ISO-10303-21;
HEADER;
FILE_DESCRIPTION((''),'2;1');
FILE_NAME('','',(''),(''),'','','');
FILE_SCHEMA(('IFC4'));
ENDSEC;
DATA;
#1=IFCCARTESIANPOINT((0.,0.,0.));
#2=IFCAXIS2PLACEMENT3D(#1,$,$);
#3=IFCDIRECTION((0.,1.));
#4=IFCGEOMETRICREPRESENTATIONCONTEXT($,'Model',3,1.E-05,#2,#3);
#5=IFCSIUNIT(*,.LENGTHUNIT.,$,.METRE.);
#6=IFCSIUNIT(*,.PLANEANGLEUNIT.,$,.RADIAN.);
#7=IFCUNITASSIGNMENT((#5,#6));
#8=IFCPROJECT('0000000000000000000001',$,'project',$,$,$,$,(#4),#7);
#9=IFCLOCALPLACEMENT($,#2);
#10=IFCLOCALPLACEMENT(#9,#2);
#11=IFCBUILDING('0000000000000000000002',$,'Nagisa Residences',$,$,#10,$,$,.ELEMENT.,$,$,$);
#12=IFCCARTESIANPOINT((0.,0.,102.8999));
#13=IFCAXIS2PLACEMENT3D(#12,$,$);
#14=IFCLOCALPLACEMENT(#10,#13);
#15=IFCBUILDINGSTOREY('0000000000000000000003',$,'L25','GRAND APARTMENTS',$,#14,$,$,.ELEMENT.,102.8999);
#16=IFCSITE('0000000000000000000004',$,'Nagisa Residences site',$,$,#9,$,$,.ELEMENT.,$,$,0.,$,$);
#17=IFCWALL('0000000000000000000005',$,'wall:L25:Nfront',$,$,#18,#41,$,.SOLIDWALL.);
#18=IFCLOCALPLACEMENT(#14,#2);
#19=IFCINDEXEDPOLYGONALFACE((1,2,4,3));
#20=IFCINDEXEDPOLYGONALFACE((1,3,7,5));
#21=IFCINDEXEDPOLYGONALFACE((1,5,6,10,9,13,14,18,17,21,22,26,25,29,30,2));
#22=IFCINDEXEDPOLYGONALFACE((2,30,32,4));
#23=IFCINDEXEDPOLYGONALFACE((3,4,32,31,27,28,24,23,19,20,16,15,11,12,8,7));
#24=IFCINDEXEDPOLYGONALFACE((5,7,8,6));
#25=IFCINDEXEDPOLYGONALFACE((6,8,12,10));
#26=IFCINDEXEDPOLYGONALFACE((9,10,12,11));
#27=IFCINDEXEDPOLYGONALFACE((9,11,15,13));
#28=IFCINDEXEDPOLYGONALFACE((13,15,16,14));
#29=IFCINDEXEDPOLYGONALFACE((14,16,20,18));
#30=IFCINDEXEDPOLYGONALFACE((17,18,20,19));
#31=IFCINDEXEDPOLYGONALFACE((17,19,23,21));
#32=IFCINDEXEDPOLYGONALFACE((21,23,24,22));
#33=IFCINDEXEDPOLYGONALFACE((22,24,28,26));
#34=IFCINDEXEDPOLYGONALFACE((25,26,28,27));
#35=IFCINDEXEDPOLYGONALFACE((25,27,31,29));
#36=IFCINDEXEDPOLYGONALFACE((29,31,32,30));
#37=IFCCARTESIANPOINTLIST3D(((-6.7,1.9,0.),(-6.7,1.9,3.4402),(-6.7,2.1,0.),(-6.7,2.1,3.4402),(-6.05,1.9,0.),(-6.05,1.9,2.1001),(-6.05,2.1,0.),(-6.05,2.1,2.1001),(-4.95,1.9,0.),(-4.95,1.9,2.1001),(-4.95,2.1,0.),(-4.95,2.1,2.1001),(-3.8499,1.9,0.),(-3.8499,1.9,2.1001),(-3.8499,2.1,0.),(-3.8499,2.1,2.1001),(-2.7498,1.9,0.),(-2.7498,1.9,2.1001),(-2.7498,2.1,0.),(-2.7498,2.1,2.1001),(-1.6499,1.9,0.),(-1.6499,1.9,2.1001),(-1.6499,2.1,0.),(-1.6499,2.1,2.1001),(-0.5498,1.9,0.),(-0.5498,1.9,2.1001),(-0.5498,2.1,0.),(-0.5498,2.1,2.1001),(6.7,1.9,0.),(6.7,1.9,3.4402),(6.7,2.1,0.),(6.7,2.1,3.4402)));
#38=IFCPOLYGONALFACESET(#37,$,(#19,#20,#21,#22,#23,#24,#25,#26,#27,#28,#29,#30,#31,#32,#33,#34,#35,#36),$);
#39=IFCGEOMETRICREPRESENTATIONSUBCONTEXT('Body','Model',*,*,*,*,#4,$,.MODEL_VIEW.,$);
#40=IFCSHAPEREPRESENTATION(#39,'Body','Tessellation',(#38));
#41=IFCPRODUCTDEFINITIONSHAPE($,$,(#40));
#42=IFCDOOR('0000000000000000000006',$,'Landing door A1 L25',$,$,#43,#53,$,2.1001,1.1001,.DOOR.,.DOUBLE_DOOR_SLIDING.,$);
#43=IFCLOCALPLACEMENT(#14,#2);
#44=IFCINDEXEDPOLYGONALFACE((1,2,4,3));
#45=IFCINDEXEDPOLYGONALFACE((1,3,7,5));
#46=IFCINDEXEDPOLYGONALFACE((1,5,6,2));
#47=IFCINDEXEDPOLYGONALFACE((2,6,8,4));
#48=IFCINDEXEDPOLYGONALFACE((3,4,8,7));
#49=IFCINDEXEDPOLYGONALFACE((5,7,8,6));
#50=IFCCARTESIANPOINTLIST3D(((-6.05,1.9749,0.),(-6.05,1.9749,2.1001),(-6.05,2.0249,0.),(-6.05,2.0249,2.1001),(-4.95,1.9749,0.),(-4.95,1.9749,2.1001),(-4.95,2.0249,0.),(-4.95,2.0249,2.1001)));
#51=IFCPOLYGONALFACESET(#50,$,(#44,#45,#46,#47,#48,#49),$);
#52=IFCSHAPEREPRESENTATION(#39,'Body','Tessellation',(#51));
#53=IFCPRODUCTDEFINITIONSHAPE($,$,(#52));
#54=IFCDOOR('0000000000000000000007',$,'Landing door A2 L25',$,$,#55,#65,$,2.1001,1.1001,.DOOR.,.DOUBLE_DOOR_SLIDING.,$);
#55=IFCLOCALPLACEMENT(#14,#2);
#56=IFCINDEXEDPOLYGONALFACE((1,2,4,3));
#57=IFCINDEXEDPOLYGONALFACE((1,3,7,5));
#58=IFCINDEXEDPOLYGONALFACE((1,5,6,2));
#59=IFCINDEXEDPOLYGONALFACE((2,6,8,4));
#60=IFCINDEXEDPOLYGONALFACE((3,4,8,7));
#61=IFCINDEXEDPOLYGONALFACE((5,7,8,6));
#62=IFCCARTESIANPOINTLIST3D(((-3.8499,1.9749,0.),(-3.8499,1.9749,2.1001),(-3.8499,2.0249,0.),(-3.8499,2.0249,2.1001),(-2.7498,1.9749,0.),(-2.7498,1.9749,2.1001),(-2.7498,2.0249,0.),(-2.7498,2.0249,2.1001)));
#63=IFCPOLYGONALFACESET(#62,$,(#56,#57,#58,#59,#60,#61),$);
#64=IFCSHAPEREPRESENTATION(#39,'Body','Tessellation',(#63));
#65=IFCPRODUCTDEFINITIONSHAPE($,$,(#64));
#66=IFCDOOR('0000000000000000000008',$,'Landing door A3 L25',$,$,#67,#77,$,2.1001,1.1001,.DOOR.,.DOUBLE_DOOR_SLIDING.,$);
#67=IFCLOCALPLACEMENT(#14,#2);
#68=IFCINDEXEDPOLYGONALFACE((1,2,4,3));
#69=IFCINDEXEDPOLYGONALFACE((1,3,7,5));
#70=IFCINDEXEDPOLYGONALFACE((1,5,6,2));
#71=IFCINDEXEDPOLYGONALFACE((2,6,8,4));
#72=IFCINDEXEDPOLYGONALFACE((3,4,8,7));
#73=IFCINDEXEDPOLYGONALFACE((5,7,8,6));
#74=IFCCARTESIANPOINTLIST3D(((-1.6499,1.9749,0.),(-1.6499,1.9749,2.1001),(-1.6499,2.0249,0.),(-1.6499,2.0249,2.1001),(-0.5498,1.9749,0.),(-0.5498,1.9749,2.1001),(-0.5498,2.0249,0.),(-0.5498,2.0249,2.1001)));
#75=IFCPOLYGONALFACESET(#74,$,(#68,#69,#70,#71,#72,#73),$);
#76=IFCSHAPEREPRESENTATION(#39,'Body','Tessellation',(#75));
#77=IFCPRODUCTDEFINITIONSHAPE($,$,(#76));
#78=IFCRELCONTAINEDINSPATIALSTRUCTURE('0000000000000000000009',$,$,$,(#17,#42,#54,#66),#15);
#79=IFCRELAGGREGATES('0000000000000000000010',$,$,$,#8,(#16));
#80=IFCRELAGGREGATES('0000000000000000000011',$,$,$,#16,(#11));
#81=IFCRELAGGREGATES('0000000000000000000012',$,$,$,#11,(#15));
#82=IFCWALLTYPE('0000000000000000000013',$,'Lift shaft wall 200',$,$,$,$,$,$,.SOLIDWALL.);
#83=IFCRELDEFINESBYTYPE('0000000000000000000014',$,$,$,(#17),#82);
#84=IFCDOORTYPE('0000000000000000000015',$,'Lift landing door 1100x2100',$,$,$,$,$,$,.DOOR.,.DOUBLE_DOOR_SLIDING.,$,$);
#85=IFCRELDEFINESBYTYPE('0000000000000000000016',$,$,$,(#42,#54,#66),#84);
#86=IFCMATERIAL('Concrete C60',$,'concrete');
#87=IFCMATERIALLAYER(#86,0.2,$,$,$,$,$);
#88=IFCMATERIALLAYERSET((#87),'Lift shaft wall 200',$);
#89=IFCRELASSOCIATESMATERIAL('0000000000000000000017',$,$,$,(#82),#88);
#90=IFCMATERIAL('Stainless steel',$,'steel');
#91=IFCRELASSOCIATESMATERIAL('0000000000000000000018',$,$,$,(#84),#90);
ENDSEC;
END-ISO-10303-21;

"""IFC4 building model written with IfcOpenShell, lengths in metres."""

from ifc_helpers import new_model, si_unit, direction, frame, frame_2d, origin, place, context, subcontext, project, spatial, rectangle, extrude, material, layer, layer_set, type_object, element, fill, save


model = new_model("IFC4")

# Units and contexts
model_context = context("Model", 3, precision=1e-05, world=origin(), true_north=direction((0.0, 1.0)))
body_context = subcontext(model_context, "Body", "Model", "MODEL_VIEW")
ifc_project = project(units=[si_unit("LENGTHUNIT", "METRE"), si_unit("PLANEANGLEUNIT", "RADIAN")], contexts=[model_context])

# Site, building, storey
site_placement = place(None, origin())
site = spatial("IfcSite", under=ifc_project, at=site_placement, Name="Nagisa Residences site", CompositionType="ELEMENT", RefElevation=0.0)
building_placement = place(site_placement, origin())
building = spatial("IfcBuilding", under=site, at=building_placement, Name="Nagisa Residences", CompositionType="ELEMENT")
storey_placement = place(building_placement, frame((0.0, 0.0, 102.8999)))
storey = spatial("IfcBuildingStorey", under=building, at=storey_placement, Name="L25", Description="GRAND APARTMENTS", CompositionType="ELEMENT", Elevation=102.8999)

# Shared definitions
ifc_material_1 = material(Name="Concrete C60", Category="concrete")
ifc_layer_1 = layer(ifc_material_1, 0.2)
ifc_layer_set_1 = layer_set([ifc_layer_1], Name="Lift shaft wall 200")
wall_type_1 = type_object("IfcWallType", Name="Lift shaft wall 200", PredefinedType="SOLIDWALL", material=ifc_layer_set_1)
ifc_material_2 = material(Name="Stainless steel", Category="steel")
door_type_1 = type_object("IfcDoorType", Name="Lift landing door 1100x2100", OperationType="DOUBLE_DOOR_SLIDING", PredefinedType="DOOR", material=ifc_material_2)

# Wall, openings, doors
wall_1_placement = place(storey_placement, frame((-6.7, 2.0, 0.0), z_axis=(0.0, 0.0, 1.0), x_axis=(1.0, 0.0, 0.0)))
wall_1 = element("IfcWall", 1, at=wall_1_placement, inside=storey, type_object=wall_type_1, Name="wall:L25:Nfront", PredefinedType="SOLIDWALL", context=body_context, shape_type="SweptSolid", body=[
    extrude(rectangle(XDim=13.3999, YDim=0.2, at=frame_2d((6.7, 0.0))), origin(), (0.0, 0.0, 1.0), 3.4402),
])
opening_1_placement = place(wall_1_placement, frame((0.6499, 0.0, 0.0)))
opening_1 = element("IfcOpeningElement", 2, at=opening_1_placement, cuts=wall_1, PredefinedType="OPENING", context=body_context, shape_type="SweptSolid", body=[
    extrude(rectangle(XDim=1.1001, YDim=2.1001, at=frame_2d((0.55, 1.05))), frame((0.0, 0.1099, 0.0), z_axis=(0.0, -1.0, 0.0), x_axis=(1.0, 0.0, 0.0)), (0.0, 0.0, 1.0), 0.22),
])
opening_2_placement = place(wall_1_placement, frame((2.8501, 0.0, 0.0)))
opening_2 = element("IfcOpeningElement", 3, at=opening_2_placement, cuts=wall_1, PredefinedType="OPENING", context=body_context, shape_type="SweptSolid", body=[
    extrude(rectangle(XDim=1.1001, YDim=2.1001, at=frame_2d((0.55, 1.05))), frame((0.0, 0.1099, 0.0), z_axis=(0.0, -1.0, 0.0), x_axis=(1.0, 0.0, 0.0)), (0.0, 0.0, 1.0), 0.22),
])
opening_3_placement = place(wall_1_placement, frame((5.05, 0.0, 0.0)))
opening_3 = element("IfcOpeningElement", 4, at=opening_3_placement, cuts=wall_1, PredefinedType="OPENING", context=body_context, shape_type="SweptSolid", body=[
    extrude(rectangle(XDim=1.1001, YDim=2.1001, at=frame_2d((0.55, 1.05))), frame((0.0, 0.1099, 0.0), z_axis=(0.0, -1.0, 0.0), x_axis=(1.0, 0.0, 0.0)), (0.0, 0.0, 1.0), 0.22),
])
door_1_placement = place(opening_1_placement, origin())
door_1 = element("IfcDoor", 5, at=door_1_placement, inside=storey, type_object=door_type_1, Name="Landing door A1 L25", OperationType="DOUBLE_DOOR_SLIDING", OverallHeight=2.1001, OverallWidth=1.1001, PredefinedType="DOOR", context=body_context, shape_type="SweptSolid", body=[
    extrude(rectangle(XDim=1.1001, YDim=2.1001, at=frame_2d((0.55, 1.05))), frame((0.0, 0.0249, 0.0), z_axis=(0.0, -1.0, 0.0), x_axis=(1.0, 0.0, 0.0)), (0.0, 0.0, 1.0), 0.05),
])
fill(opening_1, door_1)
door_2_placement = place(opening_2_placement, origin())
door_2 = element("IfcDoor", 6, at=door_2_placement, inside=storey, type_object=door_type_1, Name="Landing door A2 L25", OperationType="DOUBLE_DOOR_SLIDING", OverallHeight=2.1001, OverallWidth=1.1001, PredefinedType="DOOR", context=body_context, shape_type="SweptSolid", body=[
    extrude(rectangle(XDim=1.1001, YDim=2.1001, at=frame_2d((0.55, 1.05))), frame((0.0, 0.0249, 0.0), z_axis=(0.0, -1.0, 0.0), x_axis=(1.0, 0.0, 0.0)), (0.0, 0.0, 1.0), 0.05),
])
fill(opening_2, door_2)
door_3_placement = place(opening_3_placement, origin())
door_3 = element("IfcDoor", 7, at=door_3_placement, inside=storey, type_object=door_type_1, Name="Landing door A3 L25", OperationType="DOUBLE_DOOR_SLIDING", OverallHeight=2.1001, OverallWidth=1.1001, PredefinedType="DOOR", context=body_context, shape_type="SweptSolid", body=[
    extrude(rectangle(XDim=1.1001, YDim=2.1001, at=frame_2d((0.55, 1.05))), frame((0.0, 0.0249, 0.0), z_axis=(0.0, -1.0, 0.0), x_axis=(1.0, 0.0, 0.0)), (0.0, 0.0, 1.0), 0.05),
])
fill(opening_3, door_3)

save(model, "model.ifc")
